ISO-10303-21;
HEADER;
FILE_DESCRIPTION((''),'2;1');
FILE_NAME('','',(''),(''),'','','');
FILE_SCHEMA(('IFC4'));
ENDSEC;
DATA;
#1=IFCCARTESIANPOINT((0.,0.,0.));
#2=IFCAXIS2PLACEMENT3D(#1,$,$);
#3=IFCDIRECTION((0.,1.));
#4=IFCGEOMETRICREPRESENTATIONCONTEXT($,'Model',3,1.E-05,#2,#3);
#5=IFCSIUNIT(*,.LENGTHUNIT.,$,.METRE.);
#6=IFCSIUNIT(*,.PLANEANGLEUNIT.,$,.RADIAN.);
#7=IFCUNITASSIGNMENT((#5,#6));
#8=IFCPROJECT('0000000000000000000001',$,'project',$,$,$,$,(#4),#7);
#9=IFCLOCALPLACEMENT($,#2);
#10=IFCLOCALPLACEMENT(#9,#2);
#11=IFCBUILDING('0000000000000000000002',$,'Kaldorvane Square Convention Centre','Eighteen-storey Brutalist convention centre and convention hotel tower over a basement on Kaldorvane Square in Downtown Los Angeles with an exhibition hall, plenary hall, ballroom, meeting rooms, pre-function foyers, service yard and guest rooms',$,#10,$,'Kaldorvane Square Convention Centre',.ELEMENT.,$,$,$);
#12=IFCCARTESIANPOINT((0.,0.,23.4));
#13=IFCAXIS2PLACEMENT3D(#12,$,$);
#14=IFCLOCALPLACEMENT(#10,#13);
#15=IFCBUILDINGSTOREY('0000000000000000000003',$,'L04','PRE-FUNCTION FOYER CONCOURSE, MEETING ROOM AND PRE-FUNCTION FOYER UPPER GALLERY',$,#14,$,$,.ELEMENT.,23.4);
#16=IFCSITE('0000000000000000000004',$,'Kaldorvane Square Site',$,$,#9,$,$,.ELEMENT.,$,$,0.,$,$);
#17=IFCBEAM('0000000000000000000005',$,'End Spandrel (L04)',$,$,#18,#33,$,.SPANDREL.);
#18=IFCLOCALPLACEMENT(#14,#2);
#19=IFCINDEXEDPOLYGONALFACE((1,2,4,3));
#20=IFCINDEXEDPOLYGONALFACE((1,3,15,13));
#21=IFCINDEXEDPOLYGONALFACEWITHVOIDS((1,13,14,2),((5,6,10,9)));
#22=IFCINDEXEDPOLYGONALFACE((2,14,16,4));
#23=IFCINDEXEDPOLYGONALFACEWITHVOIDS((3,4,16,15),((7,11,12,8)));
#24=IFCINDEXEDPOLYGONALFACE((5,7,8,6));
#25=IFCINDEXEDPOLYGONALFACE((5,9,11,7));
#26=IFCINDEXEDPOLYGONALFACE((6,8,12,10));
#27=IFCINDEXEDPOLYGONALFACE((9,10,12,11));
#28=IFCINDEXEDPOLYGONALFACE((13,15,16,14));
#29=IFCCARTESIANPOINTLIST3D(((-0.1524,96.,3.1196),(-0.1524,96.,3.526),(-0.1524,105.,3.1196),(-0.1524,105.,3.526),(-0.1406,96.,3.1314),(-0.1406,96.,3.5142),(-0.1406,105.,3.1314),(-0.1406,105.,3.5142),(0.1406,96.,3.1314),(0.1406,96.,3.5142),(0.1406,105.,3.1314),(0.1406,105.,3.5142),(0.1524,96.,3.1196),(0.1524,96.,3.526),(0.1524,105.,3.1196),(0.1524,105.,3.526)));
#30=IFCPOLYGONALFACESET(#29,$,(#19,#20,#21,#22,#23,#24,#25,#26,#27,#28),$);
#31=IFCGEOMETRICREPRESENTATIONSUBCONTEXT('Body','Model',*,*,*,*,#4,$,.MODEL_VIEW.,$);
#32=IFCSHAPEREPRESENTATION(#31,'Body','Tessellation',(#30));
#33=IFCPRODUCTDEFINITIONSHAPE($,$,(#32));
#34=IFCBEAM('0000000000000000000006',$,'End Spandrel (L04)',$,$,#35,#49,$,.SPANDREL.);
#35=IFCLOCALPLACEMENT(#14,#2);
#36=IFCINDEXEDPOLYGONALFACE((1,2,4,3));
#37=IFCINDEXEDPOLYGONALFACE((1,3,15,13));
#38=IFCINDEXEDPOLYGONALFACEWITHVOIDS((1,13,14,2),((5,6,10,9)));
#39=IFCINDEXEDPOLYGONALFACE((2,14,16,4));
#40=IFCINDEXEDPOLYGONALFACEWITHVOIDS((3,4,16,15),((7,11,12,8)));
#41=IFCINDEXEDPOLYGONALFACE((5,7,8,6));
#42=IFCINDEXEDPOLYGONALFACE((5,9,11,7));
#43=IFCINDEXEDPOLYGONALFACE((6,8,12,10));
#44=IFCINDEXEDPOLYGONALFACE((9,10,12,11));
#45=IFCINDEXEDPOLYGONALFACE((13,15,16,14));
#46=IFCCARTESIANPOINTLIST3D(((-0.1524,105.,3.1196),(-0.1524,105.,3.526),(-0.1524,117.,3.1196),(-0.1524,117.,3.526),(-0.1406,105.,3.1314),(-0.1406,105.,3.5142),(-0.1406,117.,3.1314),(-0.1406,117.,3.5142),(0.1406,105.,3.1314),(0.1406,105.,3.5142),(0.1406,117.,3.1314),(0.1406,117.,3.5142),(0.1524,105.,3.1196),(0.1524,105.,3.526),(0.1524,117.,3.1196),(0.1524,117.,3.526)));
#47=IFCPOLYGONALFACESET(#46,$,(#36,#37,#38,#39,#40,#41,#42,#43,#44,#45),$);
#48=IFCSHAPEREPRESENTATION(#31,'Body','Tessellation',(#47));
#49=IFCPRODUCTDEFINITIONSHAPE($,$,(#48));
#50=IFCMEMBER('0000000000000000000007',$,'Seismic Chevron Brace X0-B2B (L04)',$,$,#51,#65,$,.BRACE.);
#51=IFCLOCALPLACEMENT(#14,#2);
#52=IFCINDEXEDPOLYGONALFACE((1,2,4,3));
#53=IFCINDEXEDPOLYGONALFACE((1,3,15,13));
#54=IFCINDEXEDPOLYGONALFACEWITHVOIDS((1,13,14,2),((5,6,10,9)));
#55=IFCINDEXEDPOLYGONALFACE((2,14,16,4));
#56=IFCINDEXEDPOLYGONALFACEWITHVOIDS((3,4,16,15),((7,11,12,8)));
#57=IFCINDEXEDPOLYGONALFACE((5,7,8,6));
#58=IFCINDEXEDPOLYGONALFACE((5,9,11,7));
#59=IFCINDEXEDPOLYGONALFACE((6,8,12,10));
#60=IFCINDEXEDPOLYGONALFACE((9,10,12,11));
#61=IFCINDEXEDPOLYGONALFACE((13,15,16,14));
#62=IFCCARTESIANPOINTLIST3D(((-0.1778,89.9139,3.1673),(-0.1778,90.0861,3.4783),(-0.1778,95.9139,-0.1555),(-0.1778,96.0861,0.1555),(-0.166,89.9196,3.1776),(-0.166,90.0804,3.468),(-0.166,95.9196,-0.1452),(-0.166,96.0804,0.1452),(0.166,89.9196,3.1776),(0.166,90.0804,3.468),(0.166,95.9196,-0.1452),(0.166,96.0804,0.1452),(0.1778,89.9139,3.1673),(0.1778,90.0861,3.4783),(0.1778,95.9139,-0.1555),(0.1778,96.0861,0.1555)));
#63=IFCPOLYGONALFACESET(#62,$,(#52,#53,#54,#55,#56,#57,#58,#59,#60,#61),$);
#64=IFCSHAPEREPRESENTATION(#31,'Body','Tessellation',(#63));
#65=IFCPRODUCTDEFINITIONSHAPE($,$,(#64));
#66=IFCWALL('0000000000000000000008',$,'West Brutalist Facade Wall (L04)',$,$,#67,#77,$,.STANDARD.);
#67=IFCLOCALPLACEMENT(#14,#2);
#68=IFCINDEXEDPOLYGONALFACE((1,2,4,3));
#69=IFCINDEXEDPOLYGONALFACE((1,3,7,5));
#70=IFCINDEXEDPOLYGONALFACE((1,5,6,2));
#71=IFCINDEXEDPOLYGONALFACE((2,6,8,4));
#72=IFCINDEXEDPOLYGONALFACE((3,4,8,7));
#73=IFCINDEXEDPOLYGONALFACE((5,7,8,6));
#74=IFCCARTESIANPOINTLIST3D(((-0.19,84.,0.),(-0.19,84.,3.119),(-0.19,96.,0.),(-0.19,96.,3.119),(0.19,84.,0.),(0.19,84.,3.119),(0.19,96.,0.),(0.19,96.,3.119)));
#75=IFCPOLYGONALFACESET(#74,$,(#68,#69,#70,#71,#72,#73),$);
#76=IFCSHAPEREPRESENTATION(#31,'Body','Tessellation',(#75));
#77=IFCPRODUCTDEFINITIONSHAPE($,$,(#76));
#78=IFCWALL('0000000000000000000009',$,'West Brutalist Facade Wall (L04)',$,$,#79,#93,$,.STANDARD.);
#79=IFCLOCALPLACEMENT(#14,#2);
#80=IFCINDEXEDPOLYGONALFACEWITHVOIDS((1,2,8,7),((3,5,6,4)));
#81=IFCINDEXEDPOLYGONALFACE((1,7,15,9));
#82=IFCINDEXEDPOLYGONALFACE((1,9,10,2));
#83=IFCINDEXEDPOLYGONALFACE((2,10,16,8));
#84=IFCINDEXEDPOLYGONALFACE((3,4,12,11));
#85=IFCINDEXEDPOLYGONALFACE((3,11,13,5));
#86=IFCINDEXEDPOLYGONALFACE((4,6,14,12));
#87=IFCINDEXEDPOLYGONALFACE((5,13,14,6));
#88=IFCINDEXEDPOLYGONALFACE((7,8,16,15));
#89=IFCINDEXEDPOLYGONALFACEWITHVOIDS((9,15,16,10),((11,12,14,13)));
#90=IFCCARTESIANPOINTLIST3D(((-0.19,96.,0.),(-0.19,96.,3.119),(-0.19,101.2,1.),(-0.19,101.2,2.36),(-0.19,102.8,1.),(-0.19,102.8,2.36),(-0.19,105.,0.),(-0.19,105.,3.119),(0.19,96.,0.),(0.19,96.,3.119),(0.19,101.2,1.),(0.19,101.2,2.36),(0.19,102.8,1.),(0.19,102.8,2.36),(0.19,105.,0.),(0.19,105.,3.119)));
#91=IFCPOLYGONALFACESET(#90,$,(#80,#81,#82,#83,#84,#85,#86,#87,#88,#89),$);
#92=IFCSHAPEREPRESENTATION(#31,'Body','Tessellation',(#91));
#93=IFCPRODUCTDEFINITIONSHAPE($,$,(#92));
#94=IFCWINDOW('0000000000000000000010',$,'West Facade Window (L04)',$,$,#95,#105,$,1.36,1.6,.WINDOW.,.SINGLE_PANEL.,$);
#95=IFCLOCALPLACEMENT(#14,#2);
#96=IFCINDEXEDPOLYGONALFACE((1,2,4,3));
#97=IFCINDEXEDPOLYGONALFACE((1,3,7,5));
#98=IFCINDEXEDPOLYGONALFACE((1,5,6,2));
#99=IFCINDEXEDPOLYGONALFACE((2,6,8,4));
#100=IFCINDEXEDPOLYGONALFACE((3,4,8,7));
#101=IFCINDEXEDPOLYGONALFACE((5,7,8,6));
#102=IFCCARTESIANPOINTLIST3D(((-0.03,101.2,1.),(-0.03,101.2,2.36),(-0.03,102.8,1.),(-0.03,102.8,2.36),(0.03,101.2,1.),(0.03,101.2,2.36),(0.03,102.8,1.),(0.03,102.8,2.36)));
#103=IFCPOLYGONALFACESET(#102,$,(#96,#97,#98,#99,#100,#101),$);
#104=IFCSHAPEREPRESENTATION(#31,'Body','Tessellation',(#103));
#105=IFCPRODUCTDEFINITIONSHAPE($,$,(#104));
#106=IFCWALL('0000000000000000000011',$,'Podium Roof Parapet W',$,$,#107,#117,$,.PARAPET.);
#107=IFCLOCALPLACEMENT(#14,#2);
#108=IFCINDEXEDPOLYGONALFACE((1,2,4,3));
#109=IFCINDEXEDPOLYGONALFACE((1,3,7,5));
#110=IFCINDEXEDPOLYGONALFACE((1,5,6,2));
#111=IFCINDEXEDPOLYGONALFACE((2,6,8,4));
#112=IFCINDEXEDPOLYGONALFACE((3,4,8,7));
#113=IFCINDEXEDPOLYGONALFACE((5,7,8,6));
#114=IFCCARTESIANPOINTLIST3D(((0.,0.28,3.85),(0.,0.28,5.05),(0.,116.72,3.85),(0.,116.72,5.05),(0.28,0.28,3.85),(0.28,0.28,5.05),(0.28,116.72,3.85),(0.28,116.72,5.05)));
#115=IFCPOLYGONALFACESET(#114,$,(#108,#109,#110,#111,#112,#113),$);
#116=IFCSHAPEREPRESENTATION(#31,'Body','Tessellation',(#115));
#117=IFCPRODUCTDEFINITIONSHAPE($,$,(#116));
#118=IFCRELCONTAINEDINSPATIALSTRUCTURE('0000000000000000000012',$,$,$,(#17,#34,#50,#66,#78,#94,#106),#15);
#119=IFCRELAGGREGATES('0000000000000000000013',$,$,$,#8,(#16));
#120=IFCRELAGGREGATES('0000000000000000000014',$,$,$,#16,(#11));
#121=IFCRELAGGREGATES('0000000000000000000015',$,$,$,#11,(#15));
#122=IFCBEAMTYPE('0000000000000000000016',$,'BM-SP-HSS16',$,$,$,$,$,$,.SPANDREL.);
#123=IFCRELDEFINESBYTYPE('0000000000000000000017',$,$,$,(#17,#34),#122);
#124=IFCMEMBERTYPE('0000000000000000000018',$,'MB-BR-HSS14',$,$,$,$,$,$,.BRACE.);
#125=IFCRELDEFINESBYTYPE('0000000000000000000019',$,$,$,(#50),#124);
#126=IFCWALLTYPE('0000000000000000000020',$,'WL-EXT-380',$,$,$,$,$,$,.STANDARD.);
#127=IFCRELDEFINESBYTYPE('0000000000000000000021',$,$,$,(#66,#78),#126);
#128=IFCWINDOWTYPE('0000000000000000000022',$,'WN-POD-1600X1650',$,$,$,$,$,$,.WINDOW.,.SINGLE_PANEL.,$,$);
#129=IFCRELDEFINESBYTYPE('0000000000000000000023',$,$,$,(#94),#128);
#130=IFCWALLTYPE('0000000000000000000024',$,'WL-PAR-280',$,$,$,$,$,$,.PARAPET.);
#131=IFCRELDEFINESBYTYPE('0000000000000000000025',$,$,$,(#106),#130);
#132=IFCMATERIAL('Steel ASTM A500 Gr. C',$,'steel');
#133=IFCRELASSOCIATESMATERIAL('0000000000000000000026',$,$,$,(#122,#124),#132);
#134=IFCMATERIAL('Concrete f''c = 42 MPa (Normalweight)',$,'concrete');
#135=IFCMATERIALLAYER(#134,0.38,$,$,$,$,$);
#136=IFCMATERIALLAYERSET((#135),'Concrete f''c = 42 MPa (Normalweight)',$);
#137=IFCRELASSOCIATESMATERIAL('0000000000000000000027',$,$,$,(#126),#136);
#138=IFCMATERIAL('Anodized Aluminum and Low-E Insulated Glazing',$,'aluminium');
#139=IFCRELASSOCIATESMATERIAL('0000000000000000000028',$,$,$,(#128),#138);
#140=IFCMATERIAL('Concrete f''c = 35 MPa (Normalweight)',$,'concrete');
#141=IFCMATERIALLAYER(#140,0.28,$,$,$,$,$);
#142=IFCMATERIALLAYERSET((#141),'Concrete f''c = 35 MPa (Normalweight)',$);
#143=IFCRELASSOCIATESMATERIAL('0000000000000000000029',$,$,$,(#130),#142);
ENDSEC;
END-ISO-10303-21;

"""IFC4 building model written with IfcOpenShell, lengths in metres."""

from ifc_helpers import new_model, si_unit, direction, frame, frame_2d, origin, origin_2d, place, context, subcontext, project, spatial, rectangle, hollow_rectangle, extrude, material, layer, layer_set, material_profile, profile_set, type_object, element, fill, save


model = new_model("IFC4")

# Units and contexts
model_context = context("Model", 3, precision=1e-05, world=origin(), true_north=direction((0.0, 1.0)))
body_context = subcontext(model_context, "Body", "Model", "MODEL_VIEW")
ifc_project = project(units=[si_unit("LENGTHUNIT", "METRE"), si_unit("PLANEANGLEUNIT", "RADIAN")], contexts=[model_context])

# Site, building, storey
site_placement = place(None, origin())
site = spatial("IfcSite", under=ifc_project, at=site_placement, Name="Kaldorvane Square Site", CompositionType="ELEMENT", RefElevation=0.0)
building_placement = place(site_placement, origin())
building = spatial("IfcBuilding", under=site, at=building_placement, Name="Kaldorvane Square Convention Centre", Description="Eighteen-storey Brutalist convention centre and convention hotel tower over a basement on Kaldorvane Square in Downtown Los Angeles with an exhibition hall, plenary hall, ballroom, meeting rooms, pre-function foyers, service yard and guest rooms", LongName="Kaldorvane Square Convention Centre", CompositionType="ELEMENT")
storey_placement = place(building_placement, frame((0.0, 0.0, 23.4)))
storey = spatial("IfcBuildingStorey", under=building, at=storey_placement, Name="L04", Description="PRE-FUNCTION FOYER CONCOURSE, MEETING ROOM AND PRE-FUNCTION FOYER UPPER GALLERY", CompositionType="ELEMENT", Elevation=23.4)

# Beams
ifc_material_1 = material(Name="Steel ASTM A500 Gr. C", Category="steel")
ifc_material_profile_1 = material_profile(ifc_material_1, hollow_rectangle(XDim=0.3048, YDim=0.4064, WallThickness=0.0118, at=origin_2d()), Name="HSS16X12X1/2")
ifc_profile_set_1 = profile_set([ifc_material_profile_1], Name="Steel ASTM A500 Gr. C")
beam_type_1 = type_object("IfcBeamType", Name="BM-SP-HSS16", PredefinedType="SPANDREL", material=ifc_profile_set_1)
beam_1_placement = place(storey_placement, frame((0.0, 96.0, 3.3228), z_axis=(0.0, 1.0, 0.0), x_axis=(-1.0, 0.0, 0.0)))
element("IfcBeam", 1, at=beam_1_placement, inside=storey, type_object=beam_type_1, Name="End Spandrel (L04)", PredefinedType="SPANDREL", context=body_context, shape_type="SweptSolid", body=[
    extrude(hollow_rectangle(XDim=0.3048, YDim=0.4064, WallThickness=0.0118, at=origin_2d()), origin(), (0.0, 0.0, 1.0), 9.0),
])
beam_2_placement = place(storey_placement, frame((0.0, 105.0, 3.3228), z_axis=(0.0, 1.0, 0.0), x_axis=(-1.0, 0.0, 0.0)))
element("IfcBeam", 2, at=beam_2_placement, inside=storey, type_object=beam_type_1, Name="End Spandrel (L04)", PredefinedType="SPANDREL", context=body_context, shape_type="SweptSolid", body=[
    extrude(hollow_rectangle(XDim=0.3048, YDim=0.4064, WallThickness=0.0118, at=origin_2d()), origin(), (0.0, 0.0, 1.0), 12.0),
])

# Member
ifc_material_profile_2 = material_profile(ifc_material_1, hollow_rectangle(XDim=0.3556, YDim=0.3556, WallThickness=0.0118, at=origin_2d()), Name="HSS14X14X1/2")
ifc_profile_set_2 = profile_set([ifc_material_profile_2], Name="Steel ASTM A500 Gr. C")
member_type = type_object("IfcMemberType", Name="MB-BR-HSS14", PredefinedType="BRACE", material=ifc_profile_set_2)
member_placement = place(storey_placement, frame((0.0, 96.0, 0.0), z_axis=(0.0, -0.874808, 0.484469), x_axis=(1.0, 0.0, 0.0)))
element("IfcMember", 3, at=member_placement, inside=storey, type_object=member_type, Name="Seismic Chevron Brace X0-B2B (L04)", PredefinedType="BRACE", context=body_context, shape_type="SweptSolid", body=[
    extrude(hollow_rectangle(XDim=0.3556, YDim=0.3556, WallThickness=0.0118, at=origin_2d()), origin(), (0.0, 0.0, 1.0), 6.8586),
])

# Wall
ifc_material_2 = material(Name="Concrete f'c = 42 MPa (Normalweight)", Category="concrete")
ifc_layer_1 = layer(ifc_material_2, 0.38)
ifc_layer_set_1 = layer_set([ifc_layer_1], Name="Concrete f'c = 42 MPa (Normalweight)")
wall_type_1 = type_object("IfcWallType", Name="WL-EXT-380", PredefinedType="STANDARD", material=ifc_layer_set_1)
wall_1_placement = place(storey_placement, frame((0.0, 96.0, 0.0), z_axis=(0.0, 0.0, 1.0), x_axis=(0.0, -1.0, 0.0)))
element("IfcWall", 4, at=wall_1_placement, inside=storey, type_object=wall_type_1, Name="West Brutalist Facade Wall (L04)", PredefinedType="STANDARD", context=body_context, shape_type="SweptSolid", body=[
    extrude(rectangle(XDim=12.0, YDim=0.38, at=frame_2d((6.0, 0.0))), origin(), (0.0, 0.0, 1.0), 3.119),
])

# Wall, opening, window
wall_2_placement = place(storey_placement, frame((0.0, 105.0, 0.0), z_axis=(0.0, 0.0, 1.0), x_axis=(0.0, -1.0, 0.0)))
wall_2 = element("IfcWall", 5, at=wall_2_placement, inside=storey, type_object=wall_type_1, Name="West Brutalist Facade Wall (L04)", PredefinedType="STANDARD", context=body_context, shape_type="SweptSolid", body=[
    extrude(rectangle(XDim=9.0, YDim=0.38, at=frame_2d((4.5, 0.0))), origin(), (0.0, 0.0, 1.0), 3.119),
])
opening_placement = place(wall_2_placement, frame((2.2, 0.0, 1.0)))
opening = element("IfcOpeningElement", 6, at=opening_placement, cuts=wall_2, PredefinedType="OPENING", context=body_context, shape_type="SweptSolid", body=[
    extrude(rectangle(XDim=1.6, YDim=1.36, at=frame_2d((0.8, 0.68))), frame((0.0, 0.205, 0.0), z_axis=(0.0, -1.0, 0.0), x_axis=(1.0, 0.0, 0.0)), (0.0, 0.0, 1.0), 0.41),
])
ifc_material_3 = material(Name="Anodized Aluminum and Low-E Insulated Glazing", Category="aluminium")
window_type = type_object("IfcWindowType", Name="WN-POD-1600X1650", PartitioningType="SINGLE_PANEL", PredefinedType="WINDOW", material=ifc_material_3)
window_placement = place(opening_placement, origin())
window = element("IfcWindow", 7, at=window_placement, inside=storey, type_object=window_type, Name="West Facade Window (L04)", OverallHeight=1.36, OverallWidth=1.6, PartitioningType="SINGLE_PANEL", PredefinedType="WINDOW", context=body_context, shape_type="SweptSolid", body=[
    extrude(rectangle(XDim=1.6, YDim=1.36, at=frame_2d((0.8, 0.68))), frame((0.0, 0.03, 0.0), z_axis=(0.0, -1.0, 0.0), x_axis=(1.0, 0.0, 0.0)), (0.0, 0.0, 1.0), 0.06),
])
fill(opening, window)

# Wall
ifc_material_4 = material(Name="Concrete f'c = 35 MPa (Normalweight)", Category="concrete")
ifc_layer_2 = layer(ifc_material_4, 0.28)
ifc_layer_set_2 = layer_set([ifc_layer_2], Name="Concrete f'c = 35 MPa (Normalweight)")
wall_type_2 = type_object("IfcWallType", Name="WL-PAR-280", PredefinedType="PARAPET", material=ifc_layer_set_2)
wall_3_placement = place(storey_placement, frame((0.14, 116.72, 3.85), z_axis=(0.0, 0.0, 1.0), x_axis=(0.0, -1.0, 0.0)))
element("IfcWall", 8, at=wall_3_placement, inside=storey, type_object=wall_type_2, Name="Podium Roof Parapet W", PredefinedType="PARAPET", context=body_context, shape_type="SweptSolid", body=[
    extrude(rectangle(XDim=116.44, YDim=0.28, at=frame_2d((58.22, 0.0))), origin(), (0.0, 0.0, 1.0), 1.2),
])

save(model, "model.ifc")
